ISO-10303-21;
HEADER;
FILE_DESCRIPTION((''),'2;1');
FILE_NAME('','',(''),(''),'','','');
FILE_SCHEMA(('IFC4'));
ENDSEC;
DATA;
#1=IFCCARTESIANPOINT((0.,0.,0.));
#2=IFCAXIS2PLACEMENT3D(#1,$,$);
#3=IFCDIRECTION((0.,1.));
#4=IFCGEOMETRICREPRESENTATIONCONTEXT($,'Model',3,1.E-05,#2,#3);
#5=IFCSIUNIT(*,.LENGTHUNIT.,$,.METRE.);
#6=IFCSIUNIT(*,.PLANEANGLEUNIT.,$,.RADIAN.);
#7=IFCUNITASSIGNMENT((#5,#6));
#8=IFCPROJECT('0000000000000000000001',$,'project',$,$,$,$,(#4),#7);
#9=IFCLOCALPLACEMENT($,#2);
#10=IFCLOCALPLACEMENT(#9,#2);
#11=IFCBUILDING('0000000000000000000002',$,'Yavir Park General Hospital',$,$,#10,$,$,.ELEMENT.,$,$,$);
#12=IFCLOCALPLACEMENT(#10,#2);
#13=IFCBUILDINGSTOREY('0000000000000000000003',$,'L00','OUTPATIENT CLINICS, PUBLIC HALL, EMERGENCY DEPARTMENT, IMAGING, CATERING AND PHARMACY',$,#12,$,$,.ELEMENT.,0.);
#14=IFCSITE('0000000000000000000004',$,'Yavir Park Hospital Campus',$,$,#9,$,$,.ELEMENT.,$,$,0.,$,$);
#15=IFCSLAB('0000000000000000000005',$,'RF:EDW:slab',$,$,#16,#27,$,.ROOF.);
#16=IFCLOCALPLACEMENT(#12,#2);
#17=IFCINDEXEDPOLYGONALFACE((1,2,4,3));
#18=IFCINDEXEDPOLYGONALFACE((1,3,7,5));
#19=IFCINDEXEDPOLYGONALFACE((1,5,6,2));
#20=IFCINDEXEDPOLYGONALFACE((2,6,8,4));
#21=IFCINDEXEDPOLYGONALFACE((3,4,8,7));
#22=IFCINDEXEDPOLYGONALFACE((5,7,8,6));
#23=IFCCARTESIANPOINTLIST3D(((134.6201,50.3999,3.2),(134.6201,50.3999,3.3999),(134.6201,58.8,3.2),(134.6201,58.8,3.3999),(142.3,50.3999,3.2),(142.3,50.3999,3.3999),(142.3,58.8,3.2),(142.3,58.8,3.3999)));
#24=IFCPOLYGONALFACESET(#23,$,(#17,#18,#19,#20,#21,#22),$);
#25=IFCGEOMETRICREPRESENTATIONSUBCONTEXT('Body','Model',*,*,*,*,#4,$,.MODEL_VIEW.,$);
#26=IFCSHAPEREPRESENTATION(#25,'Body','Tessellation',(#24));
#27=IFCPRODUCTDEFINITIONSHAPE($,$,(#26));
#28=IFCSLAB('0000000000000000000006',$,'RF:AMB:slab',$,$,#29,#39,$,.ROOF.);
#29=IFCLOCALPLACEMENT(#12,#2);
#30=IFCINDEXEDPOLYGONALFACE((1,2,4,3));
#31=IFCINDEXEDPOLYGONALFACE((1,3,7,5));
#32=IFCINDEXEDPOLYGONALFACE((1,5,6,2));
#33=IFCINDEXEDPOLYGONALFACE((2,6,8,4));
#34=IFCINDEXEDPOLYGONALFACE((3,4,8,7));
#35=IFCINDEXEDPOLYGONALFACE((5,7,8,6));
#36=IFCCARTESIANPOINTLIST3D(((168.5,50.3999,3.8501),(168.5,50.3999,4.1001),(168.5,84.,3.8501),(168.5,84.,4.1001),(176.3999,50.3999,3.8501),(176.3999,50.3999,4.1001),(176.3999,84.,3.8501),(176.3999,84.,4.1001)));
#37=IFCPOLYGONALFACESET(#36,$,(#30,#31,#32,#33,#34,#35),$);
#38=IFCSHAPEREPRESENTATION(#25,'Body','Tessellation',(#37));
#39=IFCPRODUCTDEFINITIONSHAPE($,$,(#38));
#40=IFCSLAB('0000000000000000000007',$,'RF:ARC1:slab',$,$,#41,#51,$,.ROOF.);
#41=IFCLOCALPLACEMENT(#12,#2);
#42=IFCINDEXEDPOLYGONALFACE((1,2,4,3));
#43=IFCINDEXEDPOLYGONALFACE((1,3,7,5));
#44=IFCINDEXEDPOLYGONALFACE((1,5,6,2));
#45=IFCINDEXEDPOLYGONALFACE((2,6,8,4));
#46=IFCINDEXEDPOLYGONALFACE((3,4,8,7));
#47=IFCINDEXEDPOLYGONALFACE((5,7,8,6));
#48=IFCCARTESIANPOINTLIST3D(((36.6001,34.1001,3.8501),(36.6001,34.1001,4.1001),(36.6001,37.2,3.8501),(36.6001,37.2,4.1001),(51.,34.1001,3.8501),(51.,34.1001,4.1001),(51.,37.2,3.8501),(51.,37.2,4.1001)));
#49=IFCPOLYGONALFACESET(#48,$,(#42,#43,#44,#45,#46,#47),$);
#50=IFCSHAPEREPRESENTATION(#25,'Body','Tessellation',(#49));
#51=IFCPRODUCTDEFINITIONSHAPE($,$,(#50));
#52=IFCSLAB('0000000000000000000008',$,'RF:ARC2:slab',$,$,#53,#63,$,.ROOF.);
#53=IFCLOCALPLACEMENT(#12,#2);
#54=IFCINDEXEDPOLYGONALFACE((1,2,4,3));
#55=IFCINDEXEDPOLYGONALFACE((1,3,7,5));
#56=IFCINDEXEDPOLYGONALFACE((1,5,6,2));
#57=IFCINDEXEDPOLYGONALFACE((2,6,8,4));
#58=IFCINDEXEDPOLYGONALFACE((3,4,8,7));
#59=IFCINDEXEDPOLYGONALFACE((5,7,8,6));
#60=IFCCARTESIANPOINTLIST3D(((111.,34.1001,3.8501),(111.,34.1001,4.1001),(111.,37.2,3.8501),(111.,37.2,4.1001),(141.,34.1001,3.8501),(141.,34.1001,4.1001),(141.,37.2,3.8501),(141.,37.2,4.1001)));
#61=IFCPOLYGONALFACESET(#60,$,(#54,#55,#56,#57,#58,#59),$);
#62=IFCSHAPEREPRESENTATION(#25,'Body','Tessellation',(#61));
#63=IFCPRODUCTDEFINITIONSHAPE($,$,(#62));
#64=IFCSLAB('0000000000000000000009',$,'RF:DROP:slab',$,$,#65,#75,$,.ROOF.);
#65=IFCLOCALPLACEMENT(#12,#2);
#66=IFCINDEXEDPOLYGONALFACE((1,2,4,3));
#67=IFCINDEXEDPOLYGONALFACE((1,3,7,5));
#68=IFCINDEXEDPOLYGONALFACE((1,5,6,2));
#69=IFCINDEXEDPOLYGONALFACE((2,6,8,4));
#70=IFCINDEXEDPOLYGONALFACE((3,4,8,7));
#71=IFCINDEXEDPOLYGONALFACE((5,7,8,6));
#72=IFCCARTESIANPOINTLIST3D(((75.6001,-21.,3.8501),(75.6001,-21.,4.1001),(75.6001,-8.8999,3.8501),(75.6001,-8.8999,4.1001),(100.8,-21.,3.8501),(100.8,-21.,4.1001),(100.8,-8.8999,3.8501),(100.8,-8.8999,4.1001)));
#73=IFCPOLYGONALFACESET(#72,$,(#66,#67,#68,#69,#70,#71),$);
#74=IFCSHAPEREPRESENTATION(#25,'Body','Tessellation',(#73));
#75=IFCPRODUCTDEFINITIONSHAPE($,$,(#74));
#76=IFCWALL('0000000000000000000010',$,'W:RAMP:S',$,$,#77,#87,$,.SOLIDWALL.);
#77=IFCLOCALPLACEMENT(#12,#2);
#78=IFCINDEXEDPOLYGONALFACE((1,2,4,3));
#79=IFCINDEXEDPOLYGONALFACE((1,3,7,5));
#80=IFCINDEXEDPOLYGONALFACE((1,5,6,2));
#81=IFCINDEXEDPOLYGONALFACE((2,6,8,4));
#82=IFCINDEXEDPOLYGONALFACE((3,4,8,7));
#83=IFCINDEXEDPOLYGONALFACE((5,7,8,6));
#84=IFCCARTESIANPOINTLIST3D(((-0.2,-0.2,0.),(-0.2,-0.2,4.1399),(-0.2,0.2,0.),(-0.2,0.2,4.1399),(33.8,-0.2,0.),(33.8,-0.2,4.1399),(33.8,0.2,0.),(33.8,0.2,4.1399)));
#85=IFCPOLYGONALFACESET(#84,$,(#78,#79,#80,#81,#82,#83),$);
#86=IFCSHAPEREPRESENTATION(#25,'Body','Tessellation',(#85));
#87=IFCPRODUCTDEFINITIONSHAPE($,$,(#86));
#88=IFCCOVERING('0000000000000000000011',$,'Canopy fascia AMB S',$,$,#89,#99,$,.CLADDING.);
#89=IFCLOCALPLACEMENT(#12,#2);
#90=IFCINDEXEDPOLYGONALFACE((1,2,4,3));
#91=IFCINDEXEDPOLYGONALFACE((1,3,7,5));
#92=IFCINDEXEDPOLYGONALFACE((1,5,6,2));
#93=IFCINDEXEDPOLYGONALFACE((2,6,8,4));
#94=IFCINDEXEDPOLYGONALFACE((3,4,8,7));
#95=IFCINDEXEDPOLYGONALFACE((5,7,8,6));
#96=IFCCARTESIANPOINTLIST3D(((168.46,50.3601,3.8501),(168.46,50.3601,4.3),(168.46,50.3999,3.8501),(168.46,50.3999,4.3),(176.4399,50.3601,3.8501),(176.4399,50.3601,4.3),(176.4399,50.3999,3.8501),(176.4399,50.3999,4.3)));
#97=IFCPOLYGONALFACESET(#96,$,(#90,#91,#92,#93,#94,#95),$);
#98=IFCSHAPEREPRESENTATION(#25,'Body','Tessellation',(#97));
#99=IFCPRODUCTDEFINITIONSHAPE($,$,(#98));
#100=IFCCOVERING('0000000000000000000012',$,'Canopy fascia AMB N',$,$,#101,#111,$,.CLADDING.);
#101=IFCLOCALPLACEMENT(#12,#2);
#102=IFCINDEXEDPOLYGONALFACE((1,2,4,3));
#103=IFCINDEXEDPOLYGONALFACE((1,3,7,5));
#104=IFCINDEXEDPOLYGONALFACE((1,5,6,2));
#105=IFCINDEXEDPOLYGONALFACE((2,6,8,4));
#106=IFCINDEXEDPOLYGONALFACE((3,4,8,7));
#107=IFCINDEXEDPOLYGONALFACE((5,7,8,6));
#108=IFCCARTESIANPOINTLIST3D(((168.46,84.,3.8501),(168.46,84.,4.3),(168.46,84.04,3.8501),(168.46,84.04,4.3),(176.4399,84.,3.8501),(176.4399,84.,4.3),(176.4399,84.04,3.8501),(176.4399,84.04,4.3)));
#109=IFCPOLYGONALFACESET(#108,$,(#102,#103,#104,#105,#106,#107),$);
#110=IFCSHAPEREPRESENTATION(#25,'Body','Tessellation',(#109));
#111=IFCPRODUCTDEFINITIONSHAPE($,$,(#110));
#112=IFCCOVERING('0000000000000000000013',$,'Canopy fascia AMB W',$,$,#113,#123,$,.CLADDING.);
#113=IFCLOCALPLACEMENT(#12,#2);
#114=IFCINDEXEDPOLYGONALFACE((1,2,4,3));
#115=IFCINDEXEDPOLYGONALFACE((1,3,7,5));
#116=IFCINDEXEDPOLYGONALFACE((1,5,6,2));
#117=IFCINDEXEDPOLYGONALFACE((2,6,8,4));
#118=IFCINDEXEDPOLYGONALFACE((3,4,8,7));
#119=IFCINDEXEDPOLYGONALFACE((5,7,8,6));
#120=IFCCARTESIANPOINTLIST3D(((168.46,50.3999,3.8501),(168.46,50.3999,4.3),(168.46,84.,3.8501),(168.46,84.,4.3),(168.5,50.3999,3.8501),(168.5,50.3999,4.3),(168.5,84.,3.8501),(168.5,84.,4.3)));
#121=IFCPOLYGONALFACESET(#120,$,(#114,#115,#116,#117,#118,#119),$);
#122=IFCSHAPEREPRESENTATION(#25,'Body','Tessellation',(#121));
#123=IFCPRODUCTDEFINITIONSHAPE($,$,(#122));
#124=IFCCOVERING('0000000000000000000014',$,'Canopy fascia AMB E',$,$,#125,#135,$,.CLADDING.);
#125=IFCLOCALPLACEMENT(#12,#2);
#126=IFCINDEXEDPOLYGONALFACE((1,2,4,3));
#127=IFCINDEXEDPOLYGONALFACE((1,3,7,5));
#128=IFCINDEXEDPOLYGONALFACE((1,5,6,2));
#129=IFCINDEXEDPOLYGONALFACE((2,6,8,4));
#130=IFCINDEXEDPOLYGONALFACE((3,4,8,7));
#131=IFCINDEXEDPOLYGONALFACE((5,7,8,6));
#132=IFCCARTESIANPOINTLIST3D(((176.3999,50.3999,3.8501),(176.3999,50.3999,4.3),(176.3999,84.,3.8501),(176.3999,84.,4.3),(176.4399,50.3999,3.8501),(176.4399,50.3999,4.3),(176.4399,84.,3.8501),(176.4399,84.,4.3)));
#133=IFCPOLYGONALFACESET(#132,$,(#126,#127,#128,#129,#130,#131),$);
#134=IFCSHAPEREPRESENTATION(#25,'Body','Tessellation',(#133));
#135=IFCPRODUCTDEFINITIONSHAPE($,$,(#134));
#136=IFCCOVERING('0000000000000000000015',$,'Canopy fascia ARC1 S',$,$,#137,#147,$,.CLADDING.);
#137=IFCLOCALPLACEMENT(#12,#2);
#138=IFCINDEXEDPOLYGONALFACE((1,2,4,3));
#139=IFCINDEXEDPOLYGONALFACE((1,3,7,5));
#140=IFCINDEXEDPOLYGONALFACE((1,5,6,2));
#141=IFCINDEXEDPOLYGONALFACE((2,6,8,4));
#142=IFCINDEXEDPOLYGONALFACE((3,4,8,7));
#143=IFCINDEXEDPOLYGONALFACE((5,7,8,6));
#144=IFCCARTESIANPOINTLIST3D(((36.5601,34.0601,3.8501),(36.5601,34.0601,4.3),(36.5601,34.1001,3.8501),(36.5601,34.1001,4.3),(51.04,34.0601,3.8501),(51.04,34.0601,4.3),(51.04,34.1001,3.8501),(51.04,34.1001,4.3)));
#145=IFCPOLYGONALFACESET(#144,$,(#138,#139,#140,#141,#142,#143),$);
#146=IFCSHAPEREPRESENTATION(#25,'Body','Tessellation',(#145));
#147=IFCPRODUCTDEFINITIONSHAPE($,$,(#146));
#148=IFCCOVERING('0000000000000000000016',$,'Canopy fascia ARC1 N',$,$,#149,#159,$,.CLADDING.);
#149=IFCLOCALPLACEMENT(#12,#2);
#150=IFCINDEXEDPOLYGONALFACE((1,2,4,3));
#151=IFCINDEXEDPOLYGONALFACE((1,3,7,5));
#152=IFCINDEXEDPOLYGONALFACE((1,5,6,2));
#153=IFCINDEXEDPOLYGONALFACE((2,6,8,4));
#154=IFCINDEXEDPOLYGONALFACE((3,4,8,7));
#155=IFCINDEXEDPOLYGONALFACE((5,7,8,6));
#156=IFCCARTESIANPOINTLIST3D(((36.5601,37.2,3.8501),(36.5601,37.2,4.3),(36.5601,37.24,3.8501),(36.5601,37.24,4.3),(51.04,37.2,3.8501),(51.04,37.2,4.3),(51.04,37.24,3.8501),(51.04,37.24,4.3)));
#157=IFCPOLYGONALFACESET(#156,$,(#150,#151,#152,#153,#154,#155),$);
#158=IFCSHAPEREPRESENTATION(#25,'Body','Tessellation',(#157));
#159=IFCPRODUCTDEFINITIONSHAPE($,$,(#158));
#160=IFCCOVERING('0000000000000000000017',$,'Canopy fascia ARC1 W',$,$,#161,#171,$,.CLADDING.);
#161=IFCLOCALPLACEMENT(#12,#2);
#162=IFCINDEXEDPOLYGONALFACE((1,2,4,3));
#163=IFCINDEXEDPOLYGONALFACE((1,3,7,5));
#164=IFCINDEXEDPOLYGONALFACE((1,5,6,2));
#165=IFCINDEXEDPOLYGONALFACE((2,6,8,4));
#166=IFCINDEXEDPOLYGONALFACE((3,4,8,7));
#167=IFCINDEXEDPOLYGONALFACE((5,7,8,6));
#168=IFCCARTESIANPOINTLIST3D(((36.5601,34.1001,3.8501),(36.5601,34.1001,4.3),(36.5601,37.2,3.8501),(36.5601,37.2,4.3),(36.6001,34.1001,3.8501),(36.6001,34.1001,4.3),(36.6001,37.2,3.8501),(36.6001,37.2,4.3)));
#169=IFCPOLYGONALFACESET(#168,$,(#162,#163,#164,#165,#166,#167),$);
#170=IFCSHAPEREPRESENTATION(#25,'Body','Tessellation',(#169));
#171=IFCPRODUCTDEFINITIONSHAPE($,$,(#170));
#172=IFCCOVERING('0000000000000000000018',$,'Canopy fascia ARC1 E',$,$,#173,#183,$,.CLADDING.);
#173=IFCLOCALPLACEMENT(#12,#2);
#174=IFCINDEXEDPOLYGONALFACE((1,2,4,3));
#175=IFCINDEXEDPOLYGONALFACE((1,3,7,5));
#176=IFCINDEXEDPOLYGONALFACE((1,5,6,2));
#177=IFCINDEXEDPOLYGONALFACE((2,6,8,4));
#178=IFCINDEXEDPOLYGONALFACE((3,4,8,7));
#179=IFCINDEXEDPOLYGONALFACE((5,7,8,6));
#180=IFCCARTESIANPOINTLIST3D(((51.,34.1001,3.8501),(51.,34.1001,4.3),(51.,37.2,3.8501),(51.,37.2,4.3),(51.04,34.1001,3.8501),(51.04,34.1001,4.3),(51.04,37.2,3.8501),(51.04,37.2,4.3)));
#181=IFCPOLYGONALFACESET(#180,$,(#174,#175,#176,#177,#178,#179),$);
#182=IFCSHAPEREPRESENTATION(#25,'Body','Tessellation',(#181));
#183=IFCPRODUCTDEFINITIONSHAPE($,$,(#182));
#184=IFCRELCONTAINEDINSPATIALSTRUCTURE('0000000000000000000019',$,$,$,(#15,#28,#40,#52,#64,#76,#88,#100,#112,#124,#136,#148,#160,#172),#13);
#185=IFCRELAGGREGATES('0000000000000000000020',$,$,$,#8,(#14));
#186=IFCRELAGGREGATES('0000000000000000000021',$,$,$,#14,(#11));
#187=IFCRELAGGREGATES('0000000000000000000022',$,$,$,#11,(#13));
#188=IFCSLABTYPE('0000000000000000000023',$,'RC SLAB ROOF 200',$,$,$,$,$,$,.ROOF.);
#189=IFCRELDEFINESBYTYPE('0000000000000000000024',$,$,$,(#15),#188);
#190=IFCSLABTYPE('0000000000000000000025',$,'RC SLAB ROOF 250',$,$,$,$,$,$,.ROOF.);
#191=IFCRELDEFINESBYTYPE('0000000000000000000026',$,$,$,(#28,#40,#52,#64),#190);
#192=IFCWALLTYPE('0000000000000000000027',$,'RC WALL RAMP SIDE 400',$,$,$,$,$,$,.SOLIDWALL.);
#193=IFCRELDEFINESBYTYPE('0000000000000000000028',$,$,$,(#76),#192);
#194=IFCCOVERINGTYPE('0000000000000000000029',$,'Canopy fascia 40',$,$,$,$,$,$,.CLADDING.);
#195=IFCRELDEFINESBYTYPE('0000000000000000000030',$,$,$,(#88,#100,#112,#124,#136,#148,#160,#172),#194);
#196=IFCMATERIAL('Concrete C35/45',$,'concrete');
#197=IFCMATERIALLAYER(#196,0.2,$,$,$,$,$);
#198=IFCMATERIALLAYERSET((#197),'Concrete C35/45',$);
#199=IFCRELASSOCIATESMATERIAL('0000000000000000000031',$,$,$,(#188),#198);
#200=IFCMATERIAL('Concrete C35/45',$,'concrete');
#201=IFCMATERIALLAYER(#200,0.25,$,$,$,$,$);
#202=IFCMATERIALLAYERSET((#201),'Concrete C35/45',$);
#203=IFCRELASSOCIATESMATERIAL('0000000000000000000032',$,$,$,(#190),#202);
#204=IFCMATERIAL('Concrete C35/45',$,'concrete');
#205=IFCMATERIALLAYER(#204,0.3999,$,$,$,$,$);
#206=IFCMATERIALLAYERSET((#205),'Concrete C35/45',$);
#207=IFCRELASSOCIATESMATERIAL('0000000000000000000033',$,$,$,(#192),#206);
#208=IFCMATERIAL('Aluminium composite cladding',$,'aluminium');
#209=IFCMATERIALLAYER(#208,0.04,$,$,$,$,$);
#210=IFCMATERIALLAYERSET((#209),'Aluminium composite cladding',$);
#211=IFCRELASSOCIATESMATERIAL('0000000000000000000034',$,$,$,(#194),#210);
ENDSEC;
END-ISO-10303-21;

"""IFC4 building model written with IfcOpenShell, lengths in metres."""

from ifc_helpers import new_model, si_unit, direction, frame, frame_2d, origin, place, context, subcontext, project, spatial, polyline, rectangle, outline, extrude, material, layer, layer_set, type_object, element, save


model = new_model("IFC4")

# Units and contexts
model_context = context("Model", 3, precision=1e-05, world=origin(), true_north=direction((0.0, 1.0)))
body_context = subcontext(model_context, "Body", "Model", "MODEL_VIEW")
ifc_project = project(units=[si_unit("LENGTHUNIT", "METRE"), si_unit("PLANEANGLEUNIT", "RADIAN")], contexts=[model_context])

# Site, building, storey
site_placement = place(None, origin())
site = spatial("IfcSite", under=ifc_project, at=site_placement, Name="Yavir Park Hospital Campus", CompositionType="ELEMENT", RefElevation=0.0)
building_placement = place(site_placement, origin())
building = spatial("IfcBuilding", under=site, at=building_placement, Name="Yavir Park General Hospital", CompositionType="ELEMENT")
storey_placement = place(building_placement, origin())
storey = spatial("IfcBuildingStorey", under=building, at=storey_placement, Name="L00", Description="OUTPATIENT CLINICS, PUBLIC HALL, EMERGENCY DEPARTMENT, IMAGING, CATERING AND PHARMACY", CompositionType="ELEMENT", Elevation=0.0)

# Slabs
ifc_material_1 = material(Name="Concrete C35/45", Category="concrete")
ifc_layer_1 = layer(ifc_material_1, 0.2)
ifc_layer_set_1 = layer_set([ifc_layer_1], Name="Concrete C35/45")
slab_type_1 = type_object("IfcSlabType", Name="RC SLAB ROOF 200", PredefinedType="ROOF", material=ifc_layer_set_1)
slab_1_placement = place(storey_placement, frame((0.0, 0.0, 3.2)))
element("IfcSlab", 1, at=slab_1_placement, inside=storey, type_object=slab_type_1, Name="RF:EDW:slab", PredefinedType="ROOF", context=body_context, shape_type="SweptSolid", body=[
    extrude(outline(polyline([(142.3, 50.3999), (142.3, 58.8), (134.6201, 58.8), (134.6201, 50.3999), (142.3, 50.3999)])), origin(), (0.0, 0.0, 1.0), 0.2),
])
ifc_material_2 = material(Name="Concrete C35/45", Category="concrete")
ifc_layer_2 = layer(ifc_material_2, 0.25)
ifc_layer_set_2 = layer_set([ifc_layer_2], Name="Concrete C35/45")
slab_type_2 = type_object("IfcSlabType", Name="RC SLAB ROOF 250", PredefinedType="ROOF", material=ifc_layer_set_2)
slab_2_placement = place(storey_placement, frame((0.0, 0.0, 3.8501)))
element("IfcSlab", 2, at=slab_2_placement, inside=storey, type_object=slab_type_2, Name="RF:AMB:slab", PredefinedType="ROOF", context=body_context, shape_type="SweptSolid", body=[
    extrude(outline(polyline([(176.3999, 50.3999), (176.3999, 84.0), (168.5, 84.0), (168.5, 50.3999), (176.3999, 50.3999)])), origin(), (0.0, 0.0, 1.0), 0.25),
])
slab_3_placement = place(storey_placement, frame((0.0, 0.0, 3.8501)))
element("IfcSlab", 3, at=slab_3_placement, inside=storey, type_object=slab_type_2, Name="RF:ARC1:slab", PredefinedType="ROOF", context=body_context, shape_type="SweptSolid", body=[
    extrude(outline(polyline([(51.0, 34.1001), (51.0, 37.2), (36.6001, 37.2), (36.6001, 34.1001), (51.0, 34.1001)])), origin(), (0.0, 0.0, 1.0), 0.25),
])
slab_4_placement = place(storey_placement, frame((0.0, 0.0, 3.8501)))
element("IfcSlab", 4, at=slab_4_placement, inside=storey, type_object=slab_type_2, Name="RF:ARC2:slab", PredefinedType="ROOF", context=body_context, shape_type="SweptSolid", body=[
    extrude(outline(polyline([(141.0, 34.1001), (141.0, 37.2), (111.0, 37.2), (111.0, 34.1001), (141.0, 34.1001)])), origin(), (0.0, 0.0, 1.0), 0.25),
])
slab_5_placement = place(storey_placement, frame((0.0, 0.0, 3.8501)))
element("IfcSlab", 5, at=slab_5_placement, inside=storey, type_object=slab_type_2, Name="RF:DROP:slab", PredefinedType="ROOF", context=body_context, shape_type="SweptSolid", body=[
    extrude(outline(polyline([(100.8, -21.0), (100.8, -8.8999), (75.6001, -8.8999), (75.6001, -21.0), (100.8, -21.0)])), origin(), (0.0, 0.0, 1.0), 0.25),
])

# Wall
ifc_material_3 = material(Name="Concrete C35/45", Category="concrete")
ifc_layer_3 = layer(ifc_material_3, 0.3999)
ifc_layer_set_3 = layer_set([ifc_layer_3], Name="Concrete C35/45")
wall_type = type_object("IfcWallType", Name="RC WALL RAMP SIDE 400", PredefinedType="SOLIDWALL", material=ifc_layer_set_3)
wall_placement = place(storey_placement, frame((-0.2, 0.0, 0.0), z_axis=(0.0, 0.0, 1.0), x_axis=(1.0, 0.0, 0.0)))
element("IfcWall", 6, at=wall_placement, inside=storey, type_object=wall_type, Name="W:RAMP:S", PredefinedType="SOLIDWALL", context=body_context, shape_type="SweptSolid", body=[
    extrude(rectangle(XDim=34.0, YDim=0.3999, at=frame_2d((17.0, 0.0))), origin(), (0.0, 0.0, 1.0), 4.1399),
])

# Coverings
ifc_material_4 = material(Name="Aluminium composite cladding", Category="aluminium")
ifc_layer_4 = layer(ifc_material_4, 0.04)
ifc_layer_set_4 = layer_set([ifc_layer_4], Name="Aluminium composite cladding")
covering_type_1 = type_object("IfcCoveringType", Name="Canopy fascia 40", PredefinedType="CLADDING", material=ifc_layer_set_4)
covering_1_placement = place(storey_placement, frame((0.0, 0.0, 3.8501)))
element("IfcCovering", 7, at=covering_1_placement, inside=storey, type_object=covering_type_1, Name="Canopy fascia AMB S", PredefinedType="CLADDING", context=body_context, shape_type="SweptSolid", body=[
    extrude(outline(polyline([(168.46, 50.3601), (176.4399, 50.3601), (176.4399, 50.3999), (168.46, 50.3999), (168.46, 50.3601)])), origin(), (0.0, 0.0, 1.0), 0.45),
])
covering_2_placement = place(storey_placement, frame((0.0, 0.0, 3.8501)))
element("IfcCovering", 8, at=covering_2_placement, inside=storey, type_object=covering_type_1, Name="Canopy fascia AMB N", PredefinedType="CLADDING", context=body_context, shape_type="SweptSolid", body=[
    extrude(outline(polyline([(168.46, 84.0), (176.4399, 84.0), (176.4399, 84.04), (168.46, 84.04), (168.46, 84.0)])), origin(), (0.0, 0.0, 1.0), 0.45),
])
covering_3_placement = place(storey_placement, frame((0.0, 0.0, 3.8501)))
element("IfcCovering", 9, at=covering_3_placement, inside=storey, type_object=covering_type_1, Name="Canopy fascia AMB W", PredefinedType="CLADDING", context=body_context, shape_type="SweptSolid", body=[
    extrude(outline(polyline([(168.46, 50.3999), (168.5, 50.3999), (168.5, 84.0), (168.46, 84.0), (168.46, 50.3999)])), origin(), (0.0, 0.0, 1.0), 0.45),
])
covering_4_placement = place(storey_placement, frame((0.0, 0.0, 3.8501)))
element("IfcCovering", 10, at=covering_4_placement, inside=storey, type_object=covering_type_1, Name="Canopy fascia AMB E", PredefinedType="CLADDING", context=body_context, shape_type="SweptSolid", body=[
    extrude(outline(polyline([(176.3999, 50.3999), (176.4399, 50.3999), (176.4399, 84.0), (176.3999, 84.0), (176.3999, 50.3999)])), origin(), (0.0, 0.0, 1.0), 0.45),
])
covering_5_placement = place(storey_placement, frame((0.0, 0.0, 3.8501)))
element("IfcCovering", 11, at=covering_5_placement, inside=storey, type_object=covering_type_1, Name="Canopy fascia ARC1 S", PredefinedType="CLADDING", context=body_context, shape_type="SweptSolid", body=[
    extrude(outline(polyline([(36.5601, 34.0601), (51.04, 34.0601), (51.04, 34.1001), (36.5601, 34.1001), (36.5601, 34.0601)])), origin(), (0.0, 0.0, 1.0), 0.45),
])
covering_6_placement = place(storey_placement, frame((0.0, 0.0, 3.8501)))
element("IfcCovering", 12, at=covering_6_placement, inside=storey, type_object=covering_type_1, Name="Canopy fascia ARC1 N", PredefinedType="CLADDING", context=body_context, shape_type="SweptSolid", body=[
    extrude(outline(polyline([(36.5601, 37.2), (51.04, 37.2), (51.04, 37.24), (36.5601, 37.24), (36.5601, 37.2)])), origin(), (0.0, 0.0, 1.0), 0.45),
])
covering_7_placement = place(storey_placement, frame((0.0, 0.0, 3.8501)))
element("IfcCovering", 13, at=covering_7_placement, inside=storey, type_object=covering_type_1, Name="Canopy fascia ARC1 W", PredefinedType="CLADDING", context=body_context, shape_type="SweptSolid", body=[
    extrude(outline(polyline([(36.5601, 34.1001), (36.6001, 34.1001), (36.6001, 37.2), (36.5601, 37.2), (36.5601, 34.1001)])), origin(), (0.0, 0.0, 1.0), 0.45),
])
covering_8_placement = place(storey_placement, frame((0.0, 0.0, 3.8501)))
element("IfcCovering", 14, at=covering_8_placement, inside=storey, type_object=covering_type_1, Name="Canopy fascia ARC1 E", PredefinedType="CLADDING", context=body_context, shape_type="SweptSolid", body=[
    extrude(outline(polyline([(51.0, 34.1001), (51.04, 34.1001), (51.04, 37.2), (51.0, 37.2), (51.0, 34.1001)])), origin(), (0.0, 0.0, 1.0), 0.45),
])

save(model, "model.ifc")
